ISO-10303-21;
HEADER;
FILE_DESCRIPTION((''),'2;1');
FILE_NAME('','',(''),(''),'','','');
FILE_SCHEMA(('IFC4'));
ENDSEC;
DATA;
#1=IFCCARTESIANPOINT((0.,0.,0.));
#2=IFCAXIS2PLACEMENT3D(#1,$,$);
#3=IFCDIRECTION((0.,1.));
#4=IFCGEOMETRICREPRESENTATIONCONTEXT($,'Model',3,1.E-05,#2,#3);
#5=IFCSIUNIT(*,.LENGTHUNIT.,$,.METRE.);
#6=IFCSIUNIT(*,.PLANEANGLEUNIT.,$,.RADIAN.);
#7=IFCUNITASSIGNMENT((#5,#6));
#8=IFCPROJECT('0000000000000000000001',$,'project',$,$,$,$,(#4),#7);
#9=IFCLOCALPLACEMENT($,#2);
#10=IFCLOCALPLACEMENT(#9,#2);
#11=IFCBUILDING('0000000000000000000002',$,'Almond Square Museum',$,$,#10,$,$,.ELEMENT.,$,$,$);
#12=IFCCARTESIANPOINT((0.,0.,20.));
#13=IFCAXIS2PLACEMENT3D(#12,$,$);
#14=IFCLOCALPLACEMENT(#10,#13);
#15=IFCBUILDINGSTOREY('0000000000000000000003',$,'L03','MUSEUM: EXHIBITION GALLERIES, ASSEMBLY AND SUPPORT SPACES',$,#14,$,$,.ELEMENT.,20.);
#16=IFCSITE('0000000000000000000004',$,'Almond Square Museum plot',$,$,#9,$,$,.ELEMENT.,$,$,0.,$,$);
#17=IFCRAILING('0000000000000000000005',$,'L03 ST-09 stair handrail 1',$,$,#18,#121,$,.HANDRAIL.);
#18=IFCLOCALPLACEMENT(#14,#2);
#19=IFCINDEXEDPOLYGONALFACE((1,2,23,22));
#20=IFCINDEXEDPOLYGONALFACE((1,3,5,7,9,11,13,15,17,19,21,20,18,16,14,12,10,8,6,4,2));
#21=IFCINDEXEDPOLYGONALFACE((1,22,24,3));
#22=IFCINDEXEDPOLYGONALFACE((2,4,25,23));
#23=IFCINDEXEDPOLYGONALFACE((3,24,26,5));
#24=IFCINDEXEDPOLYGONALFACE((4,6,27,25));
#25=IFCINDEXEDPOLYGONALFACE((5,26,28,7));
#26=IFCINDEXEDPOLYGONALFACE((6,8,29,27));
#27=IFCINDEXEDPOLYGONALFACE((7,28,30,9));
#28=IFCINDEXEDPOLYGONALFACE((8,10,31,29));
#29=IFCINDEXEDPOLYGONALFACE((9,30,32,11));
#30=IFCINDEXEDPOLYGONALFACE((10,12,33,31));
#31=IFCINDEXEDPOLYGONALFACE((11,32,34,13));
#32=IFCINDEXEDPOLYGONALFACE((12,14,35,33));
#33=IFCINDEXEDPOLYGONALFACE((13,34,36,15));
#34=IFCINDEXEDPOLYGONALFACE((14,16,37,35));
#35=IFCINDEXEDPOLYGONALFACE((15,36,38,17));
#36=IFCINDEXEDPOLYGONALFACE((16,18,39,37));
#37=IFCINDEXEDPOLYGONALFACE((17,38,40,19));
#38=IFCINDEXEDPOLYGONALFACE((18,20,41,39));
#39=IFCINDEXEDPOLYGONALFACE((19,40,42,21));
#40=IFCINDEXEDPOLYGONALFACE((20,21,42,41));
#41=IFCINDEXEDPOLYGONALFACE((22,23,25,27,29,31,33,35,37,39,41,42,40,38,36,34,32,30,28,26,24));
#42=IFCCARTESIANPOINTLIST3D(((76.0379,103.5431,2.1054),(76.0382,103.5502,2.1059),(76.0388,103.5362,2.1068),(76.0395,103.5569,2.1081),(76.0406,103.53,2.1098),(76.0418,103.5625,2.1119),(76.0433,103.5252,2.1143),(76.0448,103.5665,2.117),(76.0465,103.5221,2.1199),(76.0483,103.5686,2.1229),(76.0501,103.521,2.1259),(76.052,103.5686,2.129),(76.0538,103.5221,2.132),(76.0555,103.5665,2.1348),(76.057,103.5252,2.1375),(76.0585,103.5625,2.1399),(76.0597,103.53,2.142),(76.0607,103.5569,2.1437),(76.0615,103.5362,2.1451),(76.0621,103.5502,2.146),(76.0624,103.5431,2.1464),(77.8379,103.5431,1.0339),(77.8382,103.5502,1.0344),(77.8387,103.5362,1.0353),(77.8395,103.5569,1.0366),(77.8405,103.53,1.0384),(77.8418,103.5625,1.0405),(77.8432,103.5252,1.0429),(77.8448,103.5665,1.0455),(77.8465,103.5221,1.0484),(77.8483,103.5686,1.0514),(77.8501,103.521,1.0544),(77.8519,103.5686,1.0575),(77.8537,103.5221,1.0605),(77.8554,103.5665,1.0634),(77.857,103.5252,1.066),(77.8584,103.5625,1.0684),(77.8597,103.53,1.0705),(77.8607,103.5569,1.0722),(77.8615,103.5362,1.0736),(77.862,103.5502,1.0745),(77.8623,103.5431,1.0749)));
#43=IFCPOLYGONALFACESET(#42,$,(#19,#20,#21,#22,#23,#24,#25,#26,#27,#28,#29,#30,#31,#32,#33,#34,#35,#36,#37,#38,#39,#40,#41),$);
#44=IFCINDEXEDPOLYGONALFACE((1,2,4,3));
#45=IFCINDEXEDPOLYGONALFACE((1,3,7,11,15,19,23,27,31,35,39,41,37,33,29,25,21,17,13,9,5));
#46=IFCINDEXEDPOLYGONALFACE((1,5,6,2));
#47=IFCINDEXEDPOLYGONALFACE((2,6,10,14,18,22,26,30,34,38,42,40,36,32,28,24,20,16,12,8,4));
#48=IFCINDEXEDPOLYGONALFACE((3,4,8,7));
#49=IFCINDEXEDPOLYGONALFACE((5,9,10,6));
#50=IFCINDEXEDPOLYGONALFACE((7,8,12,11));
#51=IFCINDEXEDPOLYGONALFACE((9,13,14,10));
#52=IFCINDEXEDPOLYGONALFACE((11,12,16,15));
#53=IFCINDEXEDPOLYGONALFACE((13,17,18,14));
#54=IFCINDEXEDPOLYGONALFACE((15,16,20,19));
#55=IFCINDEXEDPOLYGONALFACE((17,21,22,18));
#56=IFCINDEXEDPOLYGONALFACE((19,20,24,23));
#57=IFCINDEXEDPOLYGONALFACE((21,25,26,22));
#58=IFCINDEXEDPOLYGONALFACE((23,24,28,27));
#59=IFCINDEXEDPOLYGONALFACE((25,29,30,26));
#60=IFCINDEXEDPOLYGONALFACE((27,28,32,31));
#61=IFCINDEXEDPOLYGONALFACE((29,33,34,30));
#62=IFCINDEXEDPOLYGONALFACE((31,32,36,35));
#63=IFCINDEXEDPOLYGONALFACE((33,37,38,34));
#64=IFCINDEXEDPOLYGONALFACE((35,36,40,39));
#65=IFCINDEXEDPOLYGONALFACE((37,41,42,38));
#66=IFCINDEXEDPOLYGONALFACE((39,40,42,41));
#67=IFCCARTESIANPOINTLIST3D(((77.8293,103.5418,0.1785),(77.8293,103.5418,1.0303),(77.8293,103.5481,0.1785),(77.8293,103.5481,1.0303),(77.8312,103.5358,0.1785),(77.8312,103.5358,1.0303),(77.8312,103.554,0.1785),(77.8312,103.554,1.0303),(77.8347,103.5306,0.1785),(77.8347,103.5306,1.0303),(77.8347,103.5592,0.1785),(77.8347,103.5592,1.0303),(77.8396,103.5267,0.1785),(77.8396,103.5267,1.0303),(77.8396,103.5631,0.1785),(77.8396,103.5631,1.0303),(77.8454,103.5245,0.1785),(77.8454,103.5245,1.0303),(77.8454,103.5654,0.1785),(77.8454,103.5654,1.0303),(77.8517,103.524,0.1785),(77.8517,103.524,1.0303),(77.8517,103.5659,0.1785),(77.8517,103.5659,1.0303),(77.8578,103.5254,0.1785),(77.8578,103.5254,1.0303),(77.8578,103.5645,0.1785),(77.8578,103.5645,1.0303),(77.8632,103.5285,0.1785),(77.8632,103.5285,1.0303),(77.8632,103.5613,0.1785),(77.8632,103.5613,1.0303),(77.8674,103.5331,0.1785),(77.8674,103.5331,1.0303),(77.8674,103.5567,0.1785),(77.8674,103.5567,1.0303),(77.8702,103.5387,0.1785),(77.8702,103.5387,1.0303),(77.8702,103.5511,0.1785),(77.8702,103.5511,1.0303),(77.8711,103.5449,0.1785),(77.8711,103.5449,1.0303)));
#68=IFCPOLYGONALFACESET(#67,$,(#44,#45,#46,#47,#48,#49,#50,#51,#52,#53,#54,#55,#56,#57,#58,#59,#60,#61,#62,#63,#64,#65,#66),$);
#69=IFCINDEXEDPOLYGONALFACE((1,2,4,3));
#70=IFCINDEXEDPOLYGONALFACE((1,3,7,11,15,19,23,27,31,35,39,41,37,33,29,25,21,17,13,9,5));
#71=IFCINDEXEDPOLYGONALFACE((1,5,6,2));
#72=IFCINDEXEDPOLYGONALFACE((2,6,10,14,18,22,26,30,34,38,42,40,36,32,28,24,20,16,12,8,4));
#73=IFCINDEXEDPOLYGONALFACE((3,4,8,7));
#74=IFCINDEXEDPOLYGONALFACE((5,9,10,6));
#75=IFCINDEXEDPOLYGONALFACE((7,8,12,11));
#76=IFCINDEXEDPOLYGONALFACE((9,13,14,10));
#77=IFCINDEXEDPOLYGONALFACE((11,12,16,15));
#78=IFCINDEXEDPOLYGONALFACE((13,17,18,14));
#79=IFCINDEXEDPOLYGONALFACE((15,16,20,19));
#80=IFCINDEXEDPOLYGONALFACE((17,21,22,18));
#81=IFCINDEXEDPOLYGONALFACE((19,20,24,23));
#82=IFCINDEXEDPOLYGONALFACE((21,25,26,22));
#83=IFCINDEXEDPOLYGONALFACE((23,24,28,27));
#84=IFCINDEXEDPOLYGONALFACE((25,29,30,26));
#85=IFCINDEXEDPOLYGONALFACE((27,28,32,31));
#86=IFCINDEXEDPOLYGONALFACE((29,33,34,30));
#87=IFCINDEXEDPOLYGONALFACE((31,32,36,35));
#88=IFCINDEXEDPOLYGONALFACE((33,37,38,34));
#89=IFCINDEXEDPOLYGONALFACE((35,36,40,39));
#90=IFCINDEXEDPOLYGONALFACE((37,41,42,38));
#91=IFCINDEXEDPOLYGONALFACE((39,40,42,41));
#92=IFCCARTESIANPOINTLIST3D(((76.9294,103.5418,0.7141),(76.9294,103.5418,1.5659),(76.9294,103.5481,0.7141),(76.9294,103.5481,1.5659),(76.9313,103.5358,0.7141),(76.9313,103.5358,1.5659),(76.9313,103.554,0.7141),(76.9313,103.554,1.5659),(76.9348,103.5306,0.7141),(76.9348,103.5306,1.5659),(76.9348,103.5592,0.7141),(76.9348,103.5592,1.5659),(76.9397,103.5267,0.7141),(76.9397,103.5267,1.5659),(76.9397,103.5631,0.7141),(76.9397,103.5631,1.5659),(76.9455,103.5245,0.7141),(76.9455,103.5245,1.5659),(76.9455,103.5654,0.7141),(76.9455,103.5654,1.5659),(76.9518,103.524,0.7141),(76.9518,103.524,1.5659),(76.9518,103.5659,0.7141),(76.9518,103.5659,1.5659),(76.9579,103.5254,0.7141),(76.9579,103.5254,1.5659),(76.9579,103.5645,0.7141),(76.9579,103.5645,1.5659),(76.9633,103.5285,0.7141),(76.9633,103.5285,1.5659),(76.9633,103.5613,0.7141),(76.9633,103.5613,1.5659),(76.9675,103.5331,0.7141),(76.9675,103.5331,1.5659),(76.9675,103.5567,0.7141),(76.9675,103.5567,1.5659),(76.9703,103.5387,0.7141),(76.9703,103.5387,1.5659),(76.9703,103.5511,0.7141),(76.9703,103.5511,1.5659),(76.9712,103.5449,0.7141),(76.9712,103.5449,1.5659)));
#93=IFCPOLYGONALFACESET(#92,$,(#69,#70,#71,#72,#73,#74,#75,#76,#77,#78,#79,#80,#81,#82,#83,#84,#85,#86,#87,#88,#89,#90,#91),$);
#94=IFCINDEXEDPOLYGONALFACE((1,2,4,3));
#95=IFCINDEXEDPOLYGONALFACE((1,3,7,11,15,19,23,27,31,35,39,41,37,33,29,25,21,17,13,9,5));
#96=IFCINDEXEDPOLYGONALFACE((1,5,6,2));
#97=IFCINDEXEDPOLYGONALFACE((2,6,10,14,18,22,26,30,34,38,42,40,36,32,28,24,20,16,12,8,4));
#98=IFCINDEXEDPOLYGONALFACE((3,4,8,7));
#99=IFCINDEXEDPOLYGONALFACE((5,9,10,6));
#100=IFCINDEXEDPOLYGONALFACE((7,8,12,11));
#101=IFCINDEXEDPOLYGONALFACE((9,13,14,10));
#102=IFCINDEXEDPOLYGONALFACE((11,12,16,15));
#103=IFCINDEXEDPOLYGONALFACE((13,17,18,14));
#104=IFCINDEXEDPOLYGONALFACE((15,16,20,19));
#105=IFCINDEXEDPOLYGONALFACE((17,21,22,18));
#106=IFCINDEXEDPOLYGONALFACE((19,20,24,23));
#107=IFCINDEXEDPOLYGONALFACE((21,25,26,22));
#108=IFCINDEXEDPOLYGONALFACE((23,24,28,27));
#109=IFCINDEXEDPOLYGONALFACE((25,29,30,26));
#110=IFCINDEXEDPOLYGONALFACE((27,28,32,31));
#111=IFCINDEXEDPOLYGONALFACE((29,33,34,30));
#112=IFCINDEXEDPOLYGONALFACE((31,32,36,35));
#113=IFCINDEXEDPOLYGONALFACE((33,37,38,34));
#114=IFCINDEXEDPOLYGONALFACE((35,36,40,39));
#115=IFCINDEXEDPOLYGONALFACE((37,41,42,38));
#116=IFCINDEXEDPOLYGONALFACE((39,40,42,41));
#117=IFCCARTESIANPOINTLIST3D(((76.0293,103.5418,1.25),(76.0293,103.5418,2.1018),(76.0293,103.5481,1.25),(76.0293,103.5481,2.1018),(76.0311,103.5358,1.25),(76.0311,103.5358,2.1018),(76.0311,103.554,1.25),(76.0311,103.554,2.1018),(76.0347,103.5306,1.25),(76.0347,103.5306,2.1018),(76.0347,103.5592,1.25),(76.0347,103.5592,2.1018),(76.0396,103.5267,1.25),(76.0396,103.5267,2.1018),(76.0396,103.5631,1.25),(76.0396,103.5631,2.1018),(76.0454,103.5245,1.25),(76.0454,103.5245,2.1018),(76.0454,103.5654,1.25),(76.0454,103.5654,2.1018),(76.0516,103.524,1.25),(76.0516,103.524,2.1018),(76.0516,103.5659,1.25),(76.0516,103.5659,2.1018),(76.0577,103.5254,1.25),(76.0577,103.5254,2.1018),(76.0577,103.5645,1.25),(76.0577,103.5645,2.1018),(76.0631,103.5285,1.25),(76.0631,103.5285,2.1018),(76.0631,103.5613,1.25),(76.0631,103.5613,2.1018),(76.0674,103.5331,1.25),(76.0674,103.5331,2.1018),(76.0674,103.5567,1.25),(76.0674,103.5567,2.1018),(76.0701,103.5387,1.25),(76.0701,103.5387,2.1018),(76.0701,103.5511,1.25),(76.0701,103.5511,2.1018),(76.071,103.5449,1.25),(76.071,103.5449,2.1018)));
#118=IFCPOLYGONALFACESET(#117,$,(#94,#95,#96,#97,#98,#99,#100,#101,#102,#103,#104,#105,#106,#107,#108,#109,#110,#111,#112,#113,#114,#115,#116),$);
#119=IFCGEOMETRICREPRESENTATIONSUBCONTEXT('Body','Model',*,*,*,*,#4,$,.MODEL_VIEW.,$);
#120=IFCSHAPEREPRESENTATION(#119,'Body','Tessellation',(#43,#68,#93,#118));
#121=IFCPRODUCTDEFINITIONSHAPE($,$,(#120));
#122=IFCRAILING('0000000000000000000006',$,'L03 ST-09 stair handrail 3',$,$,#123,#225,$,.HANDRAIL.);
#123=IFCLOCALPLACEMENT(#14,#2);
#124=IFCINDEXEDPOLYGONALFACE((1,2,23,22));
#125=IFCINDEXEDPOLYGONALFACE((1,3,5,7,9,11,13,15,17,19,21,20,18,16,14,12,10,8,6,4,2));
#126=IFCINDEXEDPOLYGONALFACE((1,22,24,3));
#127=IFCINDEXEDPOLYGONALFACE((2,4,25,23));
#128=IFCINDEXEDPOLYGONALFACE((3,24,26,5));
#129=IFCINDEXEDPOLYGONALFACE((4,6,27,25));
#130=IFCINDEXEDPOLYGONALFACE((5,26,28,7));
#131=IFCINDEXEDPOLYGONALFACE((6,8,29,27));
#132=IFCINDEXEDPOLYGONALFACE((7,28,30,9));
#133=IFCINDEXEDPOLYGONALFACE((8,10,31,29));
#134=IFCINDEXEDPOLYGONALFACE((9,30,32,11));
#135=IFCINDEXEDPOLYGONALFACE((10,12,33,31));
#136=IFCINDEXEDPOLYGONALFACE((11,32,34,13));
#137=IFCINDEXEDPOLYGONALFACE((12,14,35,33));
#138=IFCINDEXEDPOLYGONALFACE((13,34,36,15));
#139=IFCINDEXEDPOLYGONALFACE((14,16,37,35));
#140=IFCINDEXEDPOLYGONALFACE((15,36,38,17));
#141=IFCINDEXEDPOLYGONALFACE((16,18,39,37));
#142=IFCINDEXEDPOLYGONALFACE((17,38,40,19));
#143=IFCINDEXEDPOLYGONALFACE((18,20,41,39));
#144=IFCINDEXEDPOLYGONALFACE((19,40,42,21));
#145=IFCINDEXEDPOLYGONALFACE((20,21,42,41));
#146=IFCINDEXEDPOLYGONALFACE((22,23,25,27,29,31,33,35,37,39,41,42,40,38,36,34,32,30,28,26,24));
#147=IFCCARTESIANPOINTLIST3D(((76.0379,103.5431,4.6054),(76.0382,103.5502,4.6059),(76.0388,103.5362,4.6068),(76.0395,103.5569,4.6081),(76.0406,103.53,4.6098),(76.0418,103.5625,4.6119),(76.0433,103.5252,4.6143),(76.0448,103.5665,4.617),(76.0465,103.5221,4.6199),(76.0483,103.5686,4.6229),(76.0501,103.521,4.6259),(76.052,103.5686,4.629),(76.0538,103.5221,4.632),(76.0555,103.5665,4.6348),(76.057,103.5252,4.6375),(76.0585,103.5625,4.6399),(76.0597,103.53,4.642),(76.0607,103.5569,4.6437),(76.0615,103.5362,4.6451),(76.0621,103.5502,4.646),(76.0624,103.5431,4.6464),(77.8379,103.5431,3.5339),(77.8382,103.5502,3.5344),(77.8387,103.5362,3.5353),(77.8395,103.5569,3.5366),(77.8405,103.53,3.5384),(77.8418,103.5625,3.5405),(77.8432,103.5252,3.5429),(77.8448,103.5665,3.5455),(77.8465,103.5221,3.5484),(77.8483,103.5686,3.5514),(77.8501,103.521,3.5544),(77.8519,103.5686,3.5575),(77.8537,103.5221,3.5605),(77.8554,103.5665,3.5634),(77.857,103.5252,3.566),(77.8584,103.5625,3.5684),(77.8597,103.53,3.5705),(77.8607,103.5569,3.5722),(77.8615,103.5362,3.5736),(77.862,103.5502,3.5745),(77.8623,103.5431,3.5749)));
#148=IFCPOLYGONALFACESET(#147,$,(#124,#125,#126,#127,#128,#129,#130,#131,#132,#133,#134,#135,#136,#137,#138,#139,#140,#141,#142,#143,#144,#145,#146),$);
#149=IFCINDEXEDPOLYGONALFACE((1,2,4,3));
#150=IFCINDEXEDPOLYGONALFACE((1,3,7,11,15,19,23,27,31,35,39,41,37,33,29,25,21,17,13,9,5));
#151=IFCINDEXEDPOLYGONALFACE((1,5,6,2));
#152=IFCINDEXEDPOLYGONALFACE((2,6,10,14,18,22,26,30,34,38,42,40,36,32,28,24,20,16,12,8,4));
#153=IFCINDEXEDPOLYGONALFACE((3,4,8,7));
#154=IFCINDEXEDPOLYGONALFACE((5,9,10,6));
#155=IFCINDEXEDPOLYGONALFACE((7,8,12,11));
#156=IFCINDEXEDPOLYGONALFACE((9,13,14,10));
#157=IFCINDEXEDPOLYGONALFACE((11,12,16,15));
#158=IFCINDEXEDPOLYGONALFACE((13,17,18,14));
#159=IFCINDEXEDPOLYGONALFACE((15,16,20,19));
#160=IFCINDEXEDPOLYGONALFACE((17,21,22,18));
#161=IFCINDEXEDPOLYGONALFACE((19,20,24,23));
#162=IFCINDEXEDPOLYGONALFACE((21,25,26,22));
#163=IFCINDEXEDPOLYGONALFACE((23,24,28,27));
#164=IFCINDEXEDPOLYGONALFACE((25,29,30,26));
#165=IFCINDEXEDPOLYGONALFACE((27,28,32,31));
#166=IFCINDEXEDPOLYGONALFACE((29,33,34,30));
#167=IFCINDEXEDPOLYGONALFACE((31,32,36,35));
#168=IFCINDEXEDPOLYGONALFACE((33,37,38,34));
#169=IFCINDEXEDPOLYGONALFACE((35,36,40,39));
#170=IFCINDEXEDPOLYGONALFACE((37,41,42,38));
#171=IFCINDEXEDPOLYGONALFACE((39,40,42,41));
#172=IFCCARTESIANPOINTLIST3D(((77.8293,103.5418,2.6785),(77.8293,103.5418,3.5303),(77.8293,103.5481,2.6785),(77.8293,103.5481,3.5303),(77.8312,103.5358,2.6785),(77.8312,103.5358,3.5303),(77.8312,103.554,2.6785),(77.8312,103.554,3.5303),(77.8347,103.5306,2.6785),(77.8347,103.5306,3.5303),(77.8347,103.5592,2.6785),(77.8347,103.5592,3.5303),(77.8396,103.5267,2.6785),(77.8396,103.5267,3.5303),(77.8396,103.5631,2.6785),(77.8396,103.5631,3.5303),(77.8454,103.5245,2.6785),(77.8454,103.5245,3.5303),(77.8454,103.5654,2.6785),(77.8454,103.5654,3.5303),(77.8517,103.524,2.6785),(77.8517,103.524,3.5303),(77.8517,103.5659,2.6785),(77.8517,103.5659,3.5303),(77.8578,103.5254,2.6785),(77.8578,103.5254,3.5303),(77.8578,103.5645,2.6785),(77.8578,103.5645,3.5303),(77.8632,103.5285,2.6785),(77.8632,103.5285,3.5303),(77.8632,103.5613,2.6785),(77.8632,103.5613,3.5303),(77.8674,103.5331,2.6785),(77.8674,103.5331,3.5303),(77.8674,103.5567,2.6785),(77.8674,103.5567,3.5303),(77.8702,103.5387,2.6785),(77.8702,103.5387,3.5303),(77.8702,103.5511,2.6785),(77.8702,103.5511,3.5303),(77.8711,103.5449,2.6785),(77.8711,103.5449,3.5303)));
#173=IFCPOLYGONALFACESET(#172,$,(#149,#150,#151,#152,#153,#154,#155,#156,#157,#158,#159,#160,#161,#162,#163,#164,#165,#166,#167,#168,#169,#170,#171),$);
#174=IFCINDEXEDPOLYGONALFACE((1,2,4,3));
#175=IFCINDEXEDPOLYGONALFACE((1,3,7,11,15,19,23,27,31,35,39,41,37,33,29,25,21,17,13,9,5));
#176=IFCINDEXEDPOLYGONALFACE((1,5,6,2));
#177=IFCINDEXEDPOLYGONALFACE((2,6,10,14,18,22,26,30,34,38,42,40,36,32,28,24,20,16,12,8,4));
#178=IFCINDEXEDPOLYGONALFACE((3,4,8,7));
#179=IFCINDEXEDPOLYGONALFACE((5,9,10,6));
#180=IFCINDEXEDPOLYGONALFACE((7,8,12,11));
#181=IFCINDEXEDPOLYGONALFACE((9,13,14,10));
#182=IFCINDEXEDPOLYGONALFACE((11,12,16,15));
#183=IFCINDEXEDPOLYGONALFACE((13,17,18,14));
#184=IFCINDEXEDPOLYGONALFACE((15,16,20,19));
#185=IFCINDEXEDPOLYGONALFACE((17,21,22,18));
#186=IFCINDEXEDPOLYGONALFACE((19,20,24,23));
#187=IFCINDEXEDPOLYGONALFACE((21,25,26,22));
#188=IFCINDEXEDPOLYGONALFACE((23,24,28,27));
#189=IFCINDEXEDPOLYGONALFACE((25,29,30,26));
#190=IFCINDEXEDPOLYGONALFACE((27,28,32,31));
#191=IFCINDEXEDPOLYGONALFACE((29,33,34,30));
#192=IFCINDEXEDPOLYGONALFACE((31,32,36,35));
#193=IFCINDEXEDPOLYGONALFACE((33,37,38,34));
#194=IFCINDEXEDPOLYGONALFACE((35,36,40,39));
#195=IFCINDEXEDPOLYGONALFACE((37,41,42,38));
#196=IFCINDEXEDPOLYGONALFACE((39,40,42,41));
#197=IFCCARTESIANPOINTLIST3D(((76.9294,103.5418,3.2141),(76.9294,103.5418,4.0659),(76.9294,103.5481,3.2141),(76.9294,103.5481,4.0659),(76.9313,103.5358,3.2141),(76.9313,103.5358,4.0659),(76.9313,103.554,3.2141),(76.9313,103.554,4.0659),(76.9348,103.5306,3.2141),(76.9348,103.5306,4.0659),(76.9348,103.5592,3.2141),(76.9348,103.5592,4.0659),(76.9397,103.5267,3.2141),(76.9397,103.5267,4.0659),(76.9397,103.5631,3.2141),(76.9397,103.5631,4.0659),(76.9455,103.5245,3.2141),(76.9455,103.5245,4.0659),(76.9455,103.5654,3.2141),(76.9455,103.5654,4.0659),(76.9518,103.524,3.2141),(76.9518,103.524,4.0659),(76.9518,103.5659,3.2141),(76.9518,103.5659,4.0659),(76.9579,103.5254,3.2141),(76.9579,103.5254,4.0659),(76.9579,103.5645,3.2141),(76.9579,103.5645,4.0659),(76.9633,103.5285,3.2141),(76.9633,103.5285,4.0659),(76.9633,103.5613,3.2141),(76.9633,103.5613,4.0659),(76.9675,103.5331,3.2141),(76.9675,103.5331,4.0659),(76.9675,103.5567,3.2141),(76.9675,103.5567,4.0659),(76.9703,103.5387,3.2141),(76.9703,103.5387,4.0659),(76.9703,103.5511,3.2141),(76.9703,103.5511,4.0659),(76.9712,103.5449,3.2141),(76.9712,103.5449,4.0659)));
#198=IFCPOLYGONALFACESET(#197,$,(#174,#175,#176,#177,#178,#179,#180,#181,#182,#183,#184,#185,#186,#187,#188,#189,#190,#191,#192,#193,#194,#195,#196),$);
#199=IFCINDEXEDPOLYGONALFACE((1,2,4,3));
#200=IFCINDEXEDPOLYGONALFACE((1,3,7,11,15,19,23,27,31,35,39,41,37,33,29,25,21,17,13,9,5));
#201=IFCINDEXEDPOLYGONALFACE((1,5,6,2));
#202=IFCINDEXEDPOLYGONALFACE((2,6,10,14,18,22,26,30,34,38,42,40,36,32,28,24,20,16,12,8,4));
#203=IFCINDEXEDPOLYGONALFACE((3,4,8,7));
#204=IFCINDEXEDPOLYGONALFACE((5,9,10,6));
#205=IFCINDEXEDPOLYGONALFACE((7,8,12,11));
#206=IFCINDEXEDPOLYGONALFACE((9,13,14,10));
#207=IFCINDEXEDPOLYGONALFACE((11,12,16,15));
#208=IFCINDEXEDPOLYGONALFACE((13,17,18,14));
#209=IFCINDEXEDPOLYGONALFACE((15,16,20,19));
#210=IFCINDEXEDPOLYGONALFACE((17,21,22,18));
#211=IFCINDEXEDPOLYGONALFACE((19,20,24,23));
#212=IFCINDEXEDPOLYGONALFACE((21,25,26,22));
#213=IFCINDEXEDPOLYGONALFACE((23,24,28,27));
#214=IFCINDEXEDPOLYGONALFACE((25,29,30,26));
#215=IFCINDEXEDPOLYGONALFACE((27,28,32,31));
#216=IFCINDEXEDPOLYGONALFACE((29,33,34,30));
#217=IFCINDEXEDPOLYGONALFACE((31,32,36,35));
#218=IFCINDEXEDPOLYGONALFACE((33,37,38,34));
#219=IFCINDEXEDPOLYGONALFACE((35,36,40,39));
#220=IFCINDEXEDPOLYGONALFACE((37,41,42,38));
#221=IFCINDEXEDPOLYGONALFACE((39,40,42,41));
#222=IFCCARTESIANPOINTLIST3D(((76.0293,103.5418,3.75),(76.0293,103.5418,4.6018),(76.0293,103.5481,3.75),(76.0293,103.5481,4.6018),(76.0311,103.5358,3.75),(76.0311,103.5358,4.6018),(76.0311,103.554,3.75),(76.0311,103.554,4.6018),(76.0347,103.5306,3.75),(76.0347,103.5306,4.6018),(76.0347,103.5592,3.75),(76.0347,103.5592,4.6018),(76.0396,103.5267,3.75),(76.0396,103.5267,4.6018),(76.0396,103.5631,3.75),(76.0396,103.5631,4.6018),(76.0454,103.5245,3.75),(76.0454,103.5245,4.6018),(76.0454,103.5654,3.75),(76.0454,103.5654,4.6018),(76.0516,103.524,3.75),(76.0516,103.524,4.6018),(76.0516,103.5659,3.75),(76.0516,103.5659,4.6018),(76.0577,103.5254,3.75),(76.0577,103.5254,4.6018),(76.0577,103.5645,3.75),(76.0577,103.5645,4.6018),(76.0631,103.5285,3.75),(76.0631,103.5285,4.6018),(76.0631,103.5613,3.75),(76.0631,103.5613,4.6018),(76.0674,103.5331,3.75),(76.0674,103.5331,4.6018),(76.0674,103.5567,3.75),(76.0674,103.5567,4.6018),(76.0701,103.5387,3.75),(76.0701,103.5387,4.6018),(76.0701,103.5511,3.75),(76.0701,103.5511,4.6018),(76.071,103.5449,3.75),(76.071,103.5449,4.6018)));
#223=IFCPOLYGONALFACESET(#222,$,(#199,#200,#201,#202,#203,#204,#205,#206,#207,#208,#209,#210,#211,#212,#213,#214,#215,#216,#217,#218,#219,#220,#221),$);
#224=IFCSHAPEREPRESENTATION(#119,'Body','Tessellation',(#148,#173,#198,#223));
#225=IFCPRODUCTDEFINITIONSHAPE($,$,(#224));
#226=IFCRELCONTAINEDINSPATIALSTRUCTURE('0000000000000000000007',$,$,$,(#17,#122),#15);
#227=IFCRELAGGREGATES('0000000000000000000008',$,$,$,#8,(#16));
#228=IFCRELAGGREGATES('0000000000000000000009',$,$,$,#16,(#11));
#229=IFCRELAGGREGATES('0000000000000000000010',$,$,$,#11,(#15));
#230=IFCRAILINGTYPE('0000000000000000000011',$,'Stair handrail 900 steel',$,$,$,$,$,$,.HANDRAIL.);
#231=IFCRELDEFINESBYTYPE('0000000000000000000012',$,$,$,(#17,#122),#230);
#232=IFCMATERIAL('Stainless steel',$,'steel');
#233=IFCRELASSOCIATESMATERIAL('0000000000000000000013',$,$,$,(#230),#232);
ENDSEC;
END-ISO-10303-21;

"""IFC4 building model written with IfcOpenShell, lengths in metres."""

from ifc_helpers import new_model, si_unit, direction, frame, origin, origin_2d, place, context, subcontext, project, spatial, circle, extrude, material, type_object, element, save


model = new_model("IFC4")

# Units and contexts
model_context = context("Model", 3, precision=1e-05, world=origin(), true_north=direction((0.0, 1.0)))
body_context = subcontext(model_context, "Body", "Model", "MODEL_VIEW")
ifc_project = project(units=[si_unit("LENGTHUNIT", "METRE"), si_unit("PLANEANGLEUNIT", "RADIAN")], contexts=[model_context])

# Site, building, storey
site_placement = place(None, origin())
site = spatial("IfcSite", under=ifc_project, at=site_placement, Name="Almond Square Museum plot", CompositionType="ELEMENT", RefElevation=0.0)
building_placement = place(site_placement, origin())
building = spatial("IfcBuilding", under=site, at=building_placement, Name="Almond Square Museum", CompositionType="ELEMENT")
storey_placement = place(building_placement, frame((0.0, 0.0, 20.0)))
storey = spatial("IfcBuildingStorey", under=building, at=storey_placement, Name="L03", Description="MUSEUM: EXHIBITION GALLERIES, ASSEMBLY AND SUPPORT SPACES", CompositionType="ELEMENT", Elevation=20.0)

# Railings
ifc_material_1 = material(Name="Stainless steel", Category="steel")
railing_type_1 = type_object("IfcRailingType", Name="Stair handrail 900 steel", PredefinedType="HANDRAIL", material=ifc_material_1)
for number, where, name in (
    (1, (77.8501, 103.5449, 0.1785), "L03 ST-09 stair handrail 1"),
    (2, (77.8501, 103.5449, 2.6785), "L03 ST-09 stair handrail 3"),
):
    element("IfcRailing", number, at=place(storey_placement, frame(where)), inside=storey, type_object=railing_type_1, Name=name, PredefinedType="HANDRAIL", context=body_context, shape_type="SweptSolid", body=[
        extrude(circle(Radius=0.0239, at=origin_2d()), frame((0.0, 0.0, 0.876), z_axis=(-0.859277, 0.0, 0.51151), x_axis=(0.0, -1.0, 0.0)), (0.0, 0.0, 1.0), 2.0947),
        extrude(circle(Radius=0.021, at=origin_2d()), origin(), (0.0, 0.0, 1.0), 0.8518),
        extrude(circle(Radius=0.021, at=origin_2d()), frame((-0.8999, 0.0, 0.5356)), (0.0, 0.0, 1.0), 0.8518),
        extrude(circle(Radius=0.021, at=origin_2d()), frame((-1.8, 0.0, 1.0715)), (0.0, 0.0, 1.0), 0.8518),
    ])

save(model, "model.ifc")
